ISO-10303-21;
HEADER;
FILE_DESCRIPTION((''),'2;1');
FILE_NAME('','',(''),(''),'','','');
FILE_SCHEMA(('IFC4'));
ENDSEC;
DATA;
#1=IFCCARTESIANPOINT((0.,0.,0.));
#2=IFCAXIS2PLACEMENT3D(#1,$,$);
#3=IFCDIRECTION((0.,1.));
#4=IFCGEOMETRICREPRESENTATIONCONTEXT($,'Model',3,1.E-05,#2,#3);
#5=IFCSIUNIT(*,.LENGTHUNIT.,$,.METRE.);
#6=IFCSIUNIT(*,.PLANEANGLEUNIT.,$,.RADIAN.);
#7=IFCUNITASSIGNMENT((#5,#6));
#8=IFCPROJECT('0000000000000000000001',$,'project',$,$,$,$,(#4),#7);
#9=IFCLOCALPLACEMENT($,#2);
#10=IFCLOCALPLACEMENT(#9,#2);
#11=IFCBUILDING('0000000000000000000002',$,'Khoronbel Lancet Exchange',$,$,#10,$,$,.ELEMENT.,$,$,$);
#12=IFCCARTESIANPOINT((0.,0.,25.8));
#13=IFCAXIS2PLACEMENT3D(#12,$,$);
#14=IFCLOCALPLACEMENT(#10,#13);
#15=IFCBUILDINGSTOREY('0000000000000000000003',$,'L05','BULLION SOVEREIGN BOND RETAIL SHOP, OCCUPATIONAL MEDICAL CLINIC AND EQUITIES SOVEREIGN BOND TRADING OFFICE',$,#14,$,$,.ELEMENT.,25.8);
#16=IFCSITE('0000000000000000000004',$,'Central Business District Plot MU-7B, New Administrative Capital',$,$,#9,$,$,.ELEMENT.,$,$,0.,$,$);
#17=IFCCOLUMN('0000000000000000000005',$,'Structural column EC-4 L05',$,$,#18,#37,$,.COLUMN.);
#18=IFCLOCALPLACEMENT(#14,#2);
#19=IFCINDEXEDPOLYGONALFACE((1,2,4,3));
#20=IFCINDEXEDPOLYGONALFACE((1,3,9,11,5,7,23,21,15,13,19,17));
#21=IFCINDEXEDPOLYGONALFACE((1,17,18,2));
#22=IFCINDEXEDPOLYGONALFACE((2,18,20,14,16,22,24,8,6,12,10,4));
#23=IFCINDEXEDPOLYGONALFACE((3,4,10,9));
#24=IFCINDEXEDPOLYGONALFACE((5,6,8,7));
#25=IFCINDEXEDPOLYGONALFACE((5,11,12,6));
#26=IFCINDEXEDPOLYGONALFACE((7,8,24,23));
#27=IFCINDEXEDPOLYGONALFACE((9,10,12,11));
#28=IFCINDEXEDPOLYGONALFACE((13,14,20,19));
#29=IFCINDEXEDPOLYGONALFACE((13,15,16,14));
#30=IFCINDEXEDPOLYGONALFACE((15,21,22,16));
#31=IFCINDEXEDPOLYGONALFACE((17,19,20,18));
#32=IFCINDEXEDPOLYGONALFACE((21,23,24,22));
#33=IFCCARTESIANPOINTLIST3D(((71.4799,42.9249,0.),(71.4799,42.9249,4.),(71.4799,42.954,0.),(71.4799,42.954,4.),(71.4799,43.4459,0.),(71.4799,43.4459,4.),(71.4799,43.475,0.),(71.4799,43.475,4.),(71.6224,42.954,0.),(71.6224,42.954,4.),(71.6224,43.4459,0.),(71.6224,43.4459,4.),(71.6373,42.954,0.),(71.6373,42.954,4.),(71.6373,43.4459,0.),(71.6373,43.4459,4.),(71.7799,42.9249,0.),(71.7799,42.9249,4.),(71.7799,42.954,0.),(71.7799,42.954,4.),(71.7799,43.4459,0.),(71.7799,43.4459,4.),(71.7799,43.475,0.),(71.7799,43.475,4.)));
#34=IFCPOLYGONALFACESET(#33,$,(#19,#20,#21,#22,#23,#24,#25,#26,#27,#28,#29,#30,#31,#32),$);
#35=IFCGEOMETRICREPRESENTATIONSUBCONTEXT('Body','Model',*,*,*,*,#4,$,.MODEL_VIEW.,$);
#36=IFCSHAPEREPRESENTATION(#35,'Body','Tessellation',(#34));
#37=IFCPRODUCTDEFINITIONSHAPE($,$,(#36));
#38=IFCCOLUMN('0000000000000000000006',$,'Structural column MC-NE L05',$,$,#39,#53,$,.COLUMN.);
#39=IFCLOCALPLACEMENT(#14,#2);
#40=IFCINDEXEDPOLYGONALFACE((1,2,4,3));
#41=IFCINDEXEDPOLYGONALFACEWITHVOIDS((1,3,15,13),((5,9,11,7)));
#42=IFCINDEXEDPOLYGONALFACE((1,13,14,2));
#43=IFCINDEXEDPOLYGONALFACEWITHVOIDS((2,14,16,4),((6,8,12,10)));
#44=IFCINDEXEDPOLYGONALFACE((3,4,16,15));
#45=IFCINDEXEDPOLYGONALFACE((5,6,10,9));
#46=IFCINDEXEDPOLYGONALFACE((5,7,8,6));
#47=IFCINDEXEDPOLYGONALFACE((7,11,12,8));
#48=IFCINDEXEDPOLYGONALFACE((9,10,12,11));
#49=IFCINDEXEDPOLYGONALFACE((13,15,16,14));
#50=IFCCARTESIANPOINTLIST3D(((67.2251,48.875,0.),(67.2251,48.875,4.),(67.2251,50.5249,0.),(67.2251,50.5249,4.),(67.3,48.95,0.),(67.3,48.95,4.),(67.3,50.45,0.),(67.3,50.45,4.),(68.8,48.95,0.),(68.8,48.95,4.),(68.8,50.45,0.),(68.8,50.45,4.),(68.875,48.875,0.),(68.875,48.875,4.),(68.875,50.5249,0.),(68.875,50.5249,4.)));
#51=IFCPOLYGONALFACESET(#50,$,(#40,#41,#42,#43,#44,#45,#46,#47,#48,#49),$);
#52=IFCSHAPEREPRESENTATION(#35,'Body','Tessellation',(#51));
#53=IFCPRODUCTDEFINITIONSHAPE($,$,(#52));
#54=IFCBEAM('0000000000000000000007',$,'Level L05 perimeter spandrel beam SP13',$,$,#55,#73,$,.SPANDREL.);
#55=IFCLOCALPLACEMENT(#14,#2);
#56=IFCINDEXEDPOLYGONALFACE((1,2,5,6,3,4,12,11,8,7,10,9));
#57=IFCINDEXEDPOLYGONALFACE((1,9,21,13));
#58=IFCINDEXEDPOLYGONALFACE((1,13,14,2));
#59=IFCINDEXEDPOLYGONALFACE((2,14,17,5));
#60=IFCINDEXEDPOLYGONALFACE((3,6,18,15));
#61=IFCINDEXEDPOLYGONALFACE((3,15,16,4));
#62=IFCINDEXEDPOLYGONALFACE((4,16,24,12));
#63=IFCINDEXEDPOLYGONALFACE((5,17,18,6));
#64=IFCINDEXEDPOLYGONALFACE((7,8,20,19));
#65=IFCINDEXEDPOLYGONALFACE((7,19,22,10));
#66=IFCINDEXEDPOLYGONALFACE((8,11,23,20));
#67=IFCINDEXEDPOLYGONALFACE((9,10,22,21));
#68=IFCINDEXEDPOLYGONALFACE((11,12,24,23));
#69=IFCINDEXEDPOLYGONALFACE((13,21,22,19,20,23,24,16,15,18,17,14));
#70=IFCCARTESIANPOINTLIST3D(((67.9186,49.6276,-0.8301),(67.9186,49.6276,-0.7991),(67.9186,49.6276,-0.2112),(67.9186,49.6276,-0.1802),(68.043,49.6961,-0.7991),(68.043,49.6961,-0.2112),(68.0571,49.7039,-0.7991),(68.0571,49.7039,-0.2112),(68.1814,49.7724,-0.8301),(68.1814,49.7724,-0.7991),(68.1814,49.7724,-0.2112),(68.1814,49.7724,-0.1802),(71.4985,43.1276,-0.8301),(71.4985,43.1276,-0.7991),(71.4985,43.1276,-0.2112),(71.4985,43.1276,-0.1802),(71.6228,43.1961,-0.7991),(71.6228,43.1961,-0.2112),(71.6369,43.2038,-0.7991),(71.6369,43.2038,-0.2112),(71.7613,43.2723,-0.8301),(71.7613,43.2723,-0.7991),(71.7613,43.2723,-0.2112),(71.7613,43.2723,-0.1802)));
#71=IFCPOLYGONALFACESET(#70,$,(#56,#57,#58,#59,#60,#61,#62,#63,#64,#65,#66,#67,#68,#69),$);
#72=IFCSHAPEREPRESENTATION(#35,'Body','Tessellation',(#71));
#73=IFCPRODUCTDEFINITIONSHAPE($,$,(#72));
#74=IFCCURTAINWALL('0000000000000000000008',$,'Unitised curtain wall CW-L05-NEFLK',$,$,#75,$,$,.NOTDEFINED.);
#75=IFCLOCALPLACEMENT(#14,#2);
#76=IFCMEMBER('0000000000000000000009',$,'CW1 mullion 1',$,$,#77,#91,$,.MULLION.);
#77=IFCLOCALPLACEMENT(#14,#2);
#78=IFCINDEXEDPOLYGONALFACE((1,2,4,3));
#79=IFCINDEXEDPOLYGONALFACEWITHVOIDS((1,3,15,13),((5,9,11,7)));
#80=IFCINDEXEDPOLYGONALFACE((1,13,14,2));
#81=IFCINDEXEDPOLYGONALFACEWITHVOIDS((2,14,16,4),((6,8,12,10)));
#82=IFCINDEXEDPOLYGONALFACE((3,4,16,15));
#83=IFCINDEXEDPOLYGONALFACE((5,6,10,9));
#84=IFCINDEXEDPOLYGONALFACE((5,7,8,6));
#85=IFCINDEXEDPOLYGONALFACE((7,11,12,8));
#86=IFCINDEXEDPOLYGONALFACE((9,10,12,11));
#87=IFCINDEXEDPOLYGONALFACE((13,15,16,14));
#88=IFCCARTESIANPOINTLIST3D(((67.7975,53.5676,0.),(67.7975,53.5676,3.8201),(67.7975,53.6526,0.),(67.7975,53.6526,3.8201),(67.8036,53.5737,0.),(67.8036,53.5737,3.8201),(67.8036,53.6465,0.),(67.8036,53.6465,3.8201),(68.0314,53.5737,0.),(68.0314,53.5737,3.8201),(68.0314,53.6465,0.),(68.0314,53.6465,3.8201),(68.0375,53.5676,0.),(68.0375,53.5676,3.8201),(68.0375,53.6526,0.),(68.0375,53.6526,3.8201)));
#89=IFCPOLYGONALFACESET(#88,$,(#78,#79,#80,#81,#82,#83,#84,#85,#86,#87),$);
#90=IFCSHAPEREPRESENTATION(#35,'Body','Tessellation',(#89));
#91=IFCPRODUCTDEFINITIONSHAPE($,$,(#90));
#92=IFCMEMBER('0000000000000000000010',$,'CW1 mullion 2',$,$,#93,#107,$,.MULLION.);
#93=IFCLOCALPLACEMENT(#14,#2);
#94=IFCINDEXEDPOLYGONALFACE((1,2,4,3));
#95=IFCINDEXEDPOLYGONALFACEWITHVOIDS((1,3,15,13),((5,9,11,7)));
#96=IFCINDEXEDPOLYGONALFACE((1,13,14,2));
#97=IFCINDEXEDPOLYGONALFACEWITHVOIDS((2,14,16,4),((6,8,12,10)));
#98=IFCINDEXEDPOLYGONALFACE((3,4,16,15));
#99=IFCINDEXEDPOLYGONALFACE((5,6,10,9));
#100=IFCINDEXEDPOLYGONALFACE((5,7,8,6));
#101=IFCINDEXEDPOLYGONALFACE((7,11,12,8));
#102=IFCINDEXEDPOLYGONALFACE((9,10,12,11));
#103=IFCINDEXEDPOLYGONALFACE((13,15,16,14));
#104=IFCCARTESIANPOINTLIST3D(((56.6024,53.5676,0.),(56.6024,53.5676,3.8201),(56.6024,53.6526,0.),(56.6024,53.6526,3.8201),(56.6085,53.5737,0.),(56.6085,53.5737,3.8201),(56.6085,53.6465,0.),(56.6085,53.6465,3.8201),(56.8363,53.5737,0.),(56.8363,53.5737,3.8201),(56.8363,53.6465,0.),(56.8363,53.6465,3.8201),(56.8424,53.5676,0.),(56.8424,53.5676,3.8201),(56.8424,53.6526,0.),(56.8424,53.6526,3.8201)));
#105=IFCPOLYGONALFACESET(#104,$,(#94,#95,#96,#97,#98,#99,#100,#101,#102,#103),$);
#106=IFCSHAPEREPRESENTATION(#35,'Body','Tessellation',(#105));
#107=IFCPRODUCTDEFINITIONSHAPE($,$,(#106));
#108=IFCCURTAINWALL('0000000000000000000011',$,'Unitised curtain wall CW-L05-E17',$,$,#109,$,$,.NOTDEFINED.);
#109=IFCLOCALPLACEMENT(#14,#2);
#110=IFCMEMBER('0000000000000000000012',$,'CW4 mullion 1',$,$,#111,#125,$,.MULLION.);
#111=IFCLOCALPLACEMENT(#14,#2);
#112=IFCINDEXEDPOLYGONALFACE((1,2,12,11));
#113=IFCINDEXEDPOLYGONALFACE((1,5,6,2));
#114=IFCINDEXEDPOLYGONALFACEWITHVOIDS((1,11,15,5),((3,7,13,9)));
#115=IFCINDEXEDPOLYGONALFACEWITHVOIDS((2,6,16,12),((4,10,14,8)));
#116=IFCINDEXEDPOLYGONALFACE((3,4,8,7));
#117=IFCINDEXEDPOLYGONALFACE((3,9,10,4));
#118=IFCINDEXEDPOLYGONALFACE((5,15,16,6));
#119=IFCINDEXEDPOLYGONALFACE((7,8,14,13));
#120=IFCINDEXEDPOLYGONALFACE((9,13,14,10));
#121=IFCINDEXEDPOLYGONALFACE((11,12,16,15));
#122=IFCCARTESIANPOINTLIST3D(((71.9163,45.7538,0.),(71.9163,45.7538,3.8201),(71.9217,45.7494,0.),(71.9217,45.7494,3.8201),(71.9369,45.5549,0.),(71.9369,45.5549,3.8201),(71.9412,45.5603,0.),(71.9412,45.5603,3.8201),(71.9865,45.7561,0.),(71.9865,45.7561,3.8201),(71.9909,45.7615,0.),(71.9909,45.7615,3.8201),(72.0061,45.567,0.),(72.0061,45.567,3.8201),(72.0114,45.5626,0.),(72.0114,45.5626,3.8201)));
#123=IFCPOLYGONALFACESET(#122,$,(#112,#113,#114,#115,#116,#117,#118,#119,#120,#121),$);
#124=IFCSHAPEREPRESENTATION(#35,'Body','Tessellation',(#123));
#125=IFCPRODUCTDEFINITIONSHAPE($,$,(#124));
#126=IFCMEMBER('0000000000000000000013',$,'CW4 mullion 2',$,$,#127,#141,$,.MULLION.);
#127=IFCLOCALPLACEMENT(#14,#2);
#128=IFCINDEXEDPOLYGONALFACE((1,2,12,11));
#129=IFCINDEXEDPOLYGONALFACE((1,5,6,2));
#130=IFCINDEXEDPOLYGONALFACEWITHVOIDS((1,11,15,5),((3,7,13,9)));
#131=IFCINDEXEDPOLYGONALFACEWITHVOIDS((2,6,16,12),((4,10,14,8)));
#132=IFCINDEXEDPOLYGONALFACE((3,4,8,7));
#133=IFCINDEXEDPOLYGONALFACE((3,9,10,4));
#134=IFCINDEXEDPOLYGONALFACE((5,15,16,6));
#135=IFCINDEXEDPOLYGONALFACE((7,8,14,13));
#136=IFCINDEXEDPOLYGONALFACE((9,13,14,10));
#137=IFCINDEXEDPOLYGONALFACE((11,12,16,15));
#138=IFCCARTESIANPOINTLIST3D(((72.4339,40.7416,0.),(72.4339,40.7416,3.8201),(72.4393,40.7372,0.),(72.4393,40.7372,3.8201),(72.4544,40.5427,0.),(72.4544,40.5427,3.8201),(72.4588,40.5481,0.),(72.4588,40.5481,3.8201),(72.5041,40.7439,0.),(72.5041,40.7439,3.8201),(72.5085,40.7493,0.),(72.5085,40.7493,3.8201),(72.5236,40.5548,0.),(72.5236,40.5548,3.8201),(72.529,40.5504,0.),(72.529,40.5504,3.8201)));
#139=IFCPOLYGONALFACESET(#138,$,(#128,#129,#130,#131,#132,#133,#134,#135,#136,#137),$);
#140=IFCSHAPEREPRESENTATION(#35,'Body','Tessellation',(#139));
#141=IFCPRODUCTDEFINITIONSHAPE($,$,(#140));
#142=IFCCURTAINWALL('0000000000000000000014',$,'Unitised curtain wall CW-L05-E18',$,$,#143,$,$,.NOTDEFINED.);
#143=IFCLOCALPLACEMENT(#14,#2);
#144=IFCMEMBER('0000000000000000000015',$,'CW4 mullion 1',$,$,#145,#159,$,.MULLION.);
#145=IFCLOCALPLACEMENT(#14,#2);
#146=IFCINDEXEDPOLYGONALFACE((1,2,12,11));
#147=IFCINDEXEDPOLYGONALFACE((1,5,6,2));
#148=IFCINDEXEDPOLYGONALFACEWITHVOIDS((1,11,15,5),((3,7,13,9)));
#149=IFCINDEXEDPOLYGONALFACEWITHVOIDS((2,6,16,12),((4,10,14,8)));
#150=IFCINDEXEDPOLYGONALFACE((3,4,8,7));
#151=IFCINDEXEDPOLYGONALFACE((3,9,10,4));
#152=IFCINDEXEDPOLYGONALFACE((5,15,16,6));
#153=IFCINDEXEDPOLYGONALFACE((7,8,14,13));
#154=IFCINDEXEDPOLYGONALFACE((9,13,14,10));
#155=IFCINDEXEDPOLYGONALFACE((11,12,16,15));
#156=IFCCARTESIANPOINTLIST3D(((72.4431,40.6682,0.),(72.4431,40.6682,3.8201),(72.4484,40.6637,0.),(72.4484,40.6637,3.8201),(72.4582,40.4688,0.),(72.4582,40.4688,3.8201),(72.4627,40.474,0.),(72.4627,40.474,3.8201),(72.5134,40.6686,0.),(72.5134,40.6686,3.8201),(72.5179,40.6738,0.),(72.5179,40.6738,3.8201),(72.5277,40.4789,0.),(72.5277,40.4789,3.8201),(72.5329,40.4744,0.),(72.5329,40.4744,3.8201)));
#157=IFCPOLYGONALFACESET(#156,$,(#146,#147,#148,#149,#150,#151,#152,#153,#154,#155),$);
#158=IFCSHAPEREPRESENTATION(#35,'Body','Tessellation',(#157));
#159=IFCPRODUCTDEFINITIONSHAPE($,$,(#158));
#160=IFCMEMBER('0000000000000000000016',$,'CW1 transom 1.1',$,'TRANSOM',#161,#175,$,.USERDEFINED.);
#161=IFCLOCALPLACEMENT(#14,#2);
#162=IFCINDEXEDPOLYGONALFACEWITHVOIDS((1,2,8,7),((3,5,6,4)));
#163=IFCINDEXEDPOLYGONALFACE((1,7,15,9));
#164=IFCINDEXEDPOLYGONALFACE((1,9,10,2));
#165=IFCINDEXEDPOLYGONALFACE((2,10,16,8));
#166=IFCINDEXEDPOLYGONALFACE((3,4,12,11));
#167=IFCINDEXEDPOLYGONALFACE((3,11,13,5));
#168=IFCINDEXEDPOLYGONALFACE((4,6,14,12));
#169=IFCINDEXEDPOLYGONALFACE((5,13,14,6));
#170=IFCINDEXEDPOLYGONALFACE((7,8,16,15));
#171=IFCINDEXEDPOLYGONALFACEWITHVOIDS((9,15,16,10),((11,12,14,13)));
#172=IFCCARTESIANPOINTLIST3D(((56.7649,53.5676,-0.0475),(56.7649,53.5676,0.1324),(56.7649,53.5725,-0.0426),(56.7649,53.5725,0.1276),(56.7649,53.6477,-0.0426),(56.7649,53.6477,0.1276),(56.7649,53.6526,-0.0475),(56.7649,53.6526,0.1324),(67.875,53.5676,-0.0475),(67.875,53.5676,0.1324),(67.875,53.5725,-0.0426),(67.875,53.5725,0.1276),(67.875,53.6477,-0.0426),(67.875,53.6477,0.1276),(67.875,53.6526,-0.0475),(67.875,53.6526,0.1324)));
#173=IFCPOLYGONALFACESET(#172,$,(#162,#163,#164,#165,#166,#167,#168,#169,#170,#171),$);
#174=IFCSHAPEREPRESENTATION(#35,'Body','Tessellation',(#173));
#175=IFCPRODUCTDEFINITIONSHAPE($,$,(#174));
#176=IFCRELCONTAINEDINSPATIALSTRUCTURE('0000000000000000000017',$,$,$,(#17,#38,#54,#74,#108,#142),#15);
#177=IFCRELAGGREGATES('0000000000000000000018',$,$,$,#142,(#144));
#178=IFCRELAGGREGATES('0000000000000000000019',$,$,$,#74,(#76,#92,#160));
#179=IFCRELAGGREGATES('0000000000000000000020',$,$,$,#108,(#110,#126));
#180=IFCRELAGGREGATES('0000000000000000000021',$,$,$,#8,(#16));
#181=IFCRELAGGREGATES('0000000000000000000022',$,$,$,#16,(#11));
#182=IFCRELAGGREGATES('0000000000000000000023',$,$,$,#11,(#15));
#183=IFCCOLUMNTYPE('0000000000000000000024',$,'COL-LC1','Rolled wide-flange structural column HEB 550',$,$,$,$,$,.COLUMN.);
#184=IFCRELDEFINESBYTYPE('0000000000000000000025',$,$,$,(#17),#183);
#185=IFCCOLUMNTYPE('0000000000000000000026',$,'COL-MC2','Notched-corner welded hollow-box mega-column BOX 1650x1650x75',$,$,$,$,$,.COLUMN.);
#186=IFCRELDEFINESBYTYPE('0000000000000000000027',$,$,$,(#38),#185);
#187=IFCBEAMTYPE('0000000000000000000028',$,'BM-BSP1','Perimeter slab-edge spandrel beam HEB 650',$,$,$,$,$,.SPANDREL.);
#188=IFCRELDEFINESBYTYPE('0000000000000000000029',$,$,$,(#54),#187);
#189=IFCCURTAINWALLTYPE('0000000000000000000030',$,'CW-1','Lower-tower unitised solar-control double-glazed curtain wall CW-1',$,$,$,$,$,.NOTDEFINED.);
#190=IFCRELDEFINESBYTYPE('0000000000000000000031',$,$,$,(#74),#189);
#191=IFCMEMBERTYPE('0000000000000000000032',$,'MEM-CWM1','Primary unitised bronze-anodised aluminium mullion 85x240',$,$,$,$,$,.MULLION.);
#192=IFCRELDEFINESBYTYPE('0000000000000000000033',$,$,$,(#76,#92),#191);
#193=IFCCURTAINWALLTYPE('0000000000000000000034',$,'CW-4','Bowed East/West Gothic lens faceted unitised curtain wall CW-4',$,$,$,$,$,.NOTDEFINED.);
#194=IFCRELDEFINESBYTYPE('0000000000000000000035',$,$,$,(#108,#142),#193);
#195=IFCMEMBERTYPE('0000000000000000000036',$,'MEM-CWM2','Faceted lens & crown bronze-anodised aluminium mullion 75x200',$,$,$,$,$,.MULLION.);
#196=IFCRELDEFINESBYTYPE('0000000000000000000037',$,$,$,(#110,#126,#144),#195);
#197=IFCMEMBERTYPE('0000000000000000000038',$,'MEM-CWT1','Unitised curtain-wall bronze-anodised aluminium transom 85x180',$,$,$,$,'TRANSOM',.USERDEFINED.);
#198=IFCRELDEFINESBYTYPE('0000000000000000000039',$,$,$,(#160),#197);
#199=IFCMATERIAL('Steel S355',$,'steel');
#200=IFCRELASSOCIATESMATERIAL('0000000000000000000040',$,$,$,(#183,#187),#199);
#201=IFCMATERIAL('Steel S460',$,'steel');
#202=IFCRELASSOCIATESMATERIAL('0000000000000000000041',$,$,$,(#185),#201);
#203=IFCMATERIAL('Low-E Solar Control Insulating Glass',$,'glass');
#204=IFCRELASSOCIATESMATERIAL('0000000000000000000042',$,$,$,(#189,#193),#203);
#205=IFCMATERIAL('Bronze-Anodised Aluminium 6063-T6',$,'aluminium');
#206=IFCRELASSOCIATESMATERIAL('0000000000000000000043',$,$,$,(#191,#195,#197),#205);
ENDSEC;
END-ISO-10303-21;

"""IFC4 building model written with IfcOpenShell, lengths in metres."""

from ifc_helpers import new_model, si_unit, direction, frame, origin, origin_2d, place, context, subcontext, project, spatial, hollow_rectangle, i_section, extrude, material, material_profile, profile_set, type_object, element, aggregate, save


model = new_model("IFC4")

# Units and contexts
model_context = context("Model", 3, precision=1e-05, world=origin(), true_north=direction((0.0, 1.0)))
body_context = subcontext(model_context, "Body", "Model", "MODEL_VIEW")
ifc_project = project(units=[si_unit("LENGTHUNIT", "METRE"), si_unit("PLANEANGLEUNIT", "RADIAN")], contexts=[model_context])

# Site, building, storey
site_placement = place(None, origin())
site = spatial("IfcSite", under=ifc_project, at=site_placement, Name="Central Business District Plot MU-7B, New Administrative Capital", CompositionType="ELEMENT", RefElevation=0.0)
building_placement = place(site_placement, origin())
building = spatial("IfcBuilding", under=site, at=building_placement, Name="Khoronbel Lancet Exchange", CompositionType="ELEMENT")
storey_placement = place(building_placement, frame((0.0, 0.0, 25.8)))
storey = spatial("IfcBuildingStorey", under=building, at=storey_placement, Name="L05", Description="BULLION SOVEREIGN BOND RETAIL SHOP, OCCUPATIONAL MEDICAL CLINIC AND EQUITIES SOVEREIGN BOND TRADING OFFICE", CompositionType="ELEMENT", Elevation=25.8)

# Columns
ifc_material_1 = material(Name="Steel S355", Category="steel")
ifc_material_profile_1 = material_profile(ifc_material_1, i_section(OverallWidth=0.3, OverallDepth=0.55, WebThickness=0.0149, FlangeThickness=0.0291, at=origin_2d()), Name="HEB 550")
ifc_profile_set_1 = profile_set([ifc_material_profile_1], Name="Steel S355")
column_type_1 = type_object("IfcColumnType", Name="COL-LC1", Description="Rolled wide-flange structural column HEB 550", PredefinedType="COLUMN", material=ifc_profile_set_1)
column_1_placement = place(storey_placement, frame((71.6299, 43.2, 0.0), z_axis=(0.0, 0.0, 1.0), x_axis=(1.0, 0.0, 0.0)))
element("IfcColumn", 1, at=column_1_placement, inside=storey, type_object=column_type_1, Name="Structural column EC-4 L05", PredefinedType="COLUMN", context=body_context, shape_type="SweptSolid", body=[
    extrude(i_section(OverallWidth=0.3, OverallDepth=0.55, WebThickness=0.0149, FlangeThickness=0.0291, at=origin_2d()), origin(), (0.0, 0.0, 1.0), 4.0),
])
ifc_material_2 = material(Name="Steel S460", Category="steel")
ifc_material_profile_2 = material_profile(ifc_material_2, hollow_rectangle(XDim=1.6499, YDim=1.6499, WallThickness=0.075, at=origin_2d()), Name="BOX 1650x1650x75")
ifc_profile_set_2 = profile_set([ifc_material_profile_2], Name="Steel S460")
column_type_2 = type_object("IfcColumnType", Name="COL-MC2", Description="Notched-corner welded hollow-box mega-column BOX 1650x1650x75", PredefinedType="COLUMN", material=ifc_profile_set_2)
column_2_placement = place(storey_placement, frame((68.05, 49.7, 0.0), z_axis=(0.0, 0.0, 1.0), x_axis=(1.0, 0.0, 0.0)))
element("IfcColumn", 2, at=column_2_placement, inside=storey, type_object=column_type_2, Name="Structural column MC-NE L05", PredefinedType="COLUMN", context=body_context, shape_type="SweptSolid", body=[
    extrude(hollow_rectangle(XDim=1.6499, YDim=1.6499, WallThickness=0.075, at=origin_2d()), origin(), (0.0, 0.0, 1.0), 4.0),
])

# Beam
ifc_material_profile_3 = material_profile(ifc_material_1, i_section(OverallWidth=0.3, OverallDepth=0.6499, WebThickness=0.0161, FlangeThickness=0.031, at=origin_2d()), Name="HEB 650")
ifc_profile_set_3 = profile_set([ifc_material_profile_3], Name="Steel S355")
beam_type = type_object("IfcBeamType", Name="BM-BSP1", Description="Perimeter slab-edge spandrel beam HEB 650", PredefinedType="SPANDREL", material=ifc_profile_set_3)
beam_placement = place(storey_placement, frame((71.6299, 43.2, -0.5051), z_axis=(-0.482419, 0.875941, 0.0), x_axis=(-0.875941, -0.482419, 0.0)))
element("IfcBeam", 3, at=beam_placement, inside=storey, type_object=beam_type, Name="Level L05 perimeter spandrel beam SP13", PredefinedType="SPANDREL", context=body_context, shape_type="SweptSolid", body=[
    extrude(i_section(OverallWidth=0.3, OverallDepth=0.6499, WebThickness=0.0161, FlangeThickness=0.031, at=origin_2d()), origin(), (0.0, 0.0, 1.0), 7.4207),
])

# Curtain walls, members
ifc_material_3 = material(Name="Low-E Solar Control Insulating Glass", Category="glass")
curtain_wall_type_1 = type_object("IfcCurtainWallType", Name="CW-1", Description="Lower-tower unitised solar-control double-glazed curtain wall CW-1", PredefinedType="NOTDEFINED", material=ifc_material_3)
curtain_wall_1_placement = place(storey_placement, origin())
curtain_wall_1 = element("IfcCurtainWall", 4, at=curtain_wall_1_placement, inside=storey, type_object=curtain_wall_type_1, Name="Unitised curtain wall CW-L05-NEFLK", PredefinedType="NOTDEFINED")
ifc_material_4 = material(Name="Bronze-Anodised Aluminium 6063-T6", Category="aluminium")
ifc_material_profile_4 = material_profile(ifc_material_4, hollow_rectangle(XDim=0.085, YDim=0.24, WallThickness=0.0061, at=origin_2d()), Name="ALU MULLION 85x240")
ifc_profile_set_4 = profile_set([ifc_material_profile_4], Name="Bronze-Anodised Aluminium 6063-T6")
member_type_1 = type_object("IfcMemberType", Name="MEM-CWM1", Description="Primary unitised bronze-anodised aluminium mullion 85x240", PredefinedType="MULLION", material=ifc_profile_set_4)
member_1_placement = place(storey_placement, frame((67.9175, 53.6101, 0.0), z_axis=(0.0, 0.0, 1.0), x_axis=(0.0, -1.0, 0.0)))
member_1 = element("IfcMember", 5, at=member_1_placement, type_object=member_type_1, Name="CW1 mullion 1", PredefinedType="MULLION", context=body_context, shape_type="SweptSolid", body=[
    extrude(hollow_rectangle(XDim=0.085, YDim=0.24, WallThickness=0.0061, at=origin_2d()), origin(), (0.0, 0.0, 1.0), 3.8201),
])
member_2_placement = place(storey_placement, frame((56.7224, 53.6101, 0.0), z_axis=(0.0, 0.0, 1.0), x_axis=(0.0, -1.0, 0.0)))
member_2 = element("IfcMember", 6, at=member_2_placement, type_object=member_type_1, Name="CW1 mullion 2", PredefinedType="MULLION", context=body_context, shape_type="SweptSolid", body=[
    extrude(hollow_rectangle(XDim=0.085, YDim=0.24, WallThickness=0.0061, at=origin_2d()), origin(), (0.0, 0.0, 1.0), 3.8201),
])
curtain_wall_type_2 = type_object("IfcCurtainWallType", Name="CW-4", Description="Bowed East/West Gothic lens faceted unitised curtain wall CW-4", PredefinedType="NOTDEFINED", material=ifc_material_3)
curtain_wall_2_placement = place(storey_placement, origin())
curtain_wall_2 = element("IfcCurtainWall", 7, at=curtain_wall_2_placement, inside=storey, type_object=curtain_wall_type_2, Name="Unitised curtain wall CW-L05-E17", PredefinedType="NOTDEFINED")
ifc_material_profile_5 = material_profile(ifc_material_4, hollow_rectangle(XDim=0.075, YDim=0.2, WallThickness=0.0049, at=origin_2d()), Name="ALU MULLION 75x200")
ifc_profile_set_5 = profile_set([ifc_material_profile_5], Name="Bronze-Anodised Aluminium 6063-T6")
member_type_2 = type_object("IfcMemberType", Name="MEM-CWM2", Description="Faceted lens & crown bronze-anodised aluminium mullion 75x200", PredefinedType="MULLION", material=ifc_profile_set_5)
member_3_placement = place(storey_placement, frame((71.9639, 45.6582, 0.0), z_axis=(0.0, 0.0, 1.0), x_axis=(0.99471, 0.102723, 0.0)))
member_3 = element("IfcMember", 8, at=member_3_placement, type_object=member_type_2, Name="CW4 mullion 1", PredefinedType="MULLION", context=body_context, shape_type="SweptSolid", body=[
    extrude(hollow_rectangle(XDim=0.075, YDim=0.2, WallThickness=0.0049, at=origin_2d()), origin(), (0.0, 0.0, 1.0), 3.8201),
])
member_4_placement = place(storey_placement, frame((72.4814, 40.646, 0.0), z_axis=(0.0, 0.0, 1.0), x_axis=(0.99471, 0.102723, 0.0)))
member_4 = element("IfcMember", 9, at=member_4_placement, type_object=member_type_2, Name="CW4 mullion 2", PredefinedType="MULLION", context=body_context, shape_type="SweptSolid", body=[
    extrude(hollow_rectangle(XDim=0.075, YDim=0.2, WallThickness=0.0049, at=origin_2d()), origin(), (0.0, 0.0, 1.0), 3.8201),
])

# Curtain wall, member
curtain_wall_3_placement = place(storey_placement, origin())
curtain_wall_3 = element("IfcCurtainWall", 10, at=curtain_wall_3_placement, inside=storey, type_object=curtain_wall_type_2, Name="Unitised curtain wall CW-L05-E18", PredefinedType="NOTDEFINED")
member_5_placement = place(storey_placement, frame((72.488, 40.5713, 0.0), z_axis=(0.0, 0.0, 1.0), x_axis=(0.997154, 0.075395, 0.0)))
member_5 = element("IfcMember", 11, at=member_5_placement, type_object=member_type_2, Name="CW4 mullion 1", PredefinedType="MULLION", context=body_context, shape_type="SweptSolid", body=[
    extrude(hollow_rectangle(XDim=0.075, YDim=0.2, WallThickness=0.0049, at=origin_2d()), origin(), (0.0, 0.0, 1.0), 3.8201),
])

# Member
ifc_material_profile_6 = material_profile(ifc_material_4, hollow_rectangle(XDim=0.085, YDim=0.1799, WallThickness=0.0049, at=origin_2d()), Name="ALU TRANSOM 85x180")
ifc_profile_set_6 = profile_set([ifc_material_profile_6], Name="Bronze-Anodised Aluminium 6063-T6")
member_type_3 = type_object("IfcMemberType", Name="MEM-CWT1", Description="Unitised curtain-wall bronze-anodised aluminium transom 85x180", ElementType="TRANSOM", PredefinedType="USERDEFINED", material=ifc_profile_set_6)
member_6_placement = place(storey_placement, frame((67.875, 53.6101, 0.0425), z_axis=(-1.0, 0.0, 0.0), x_axis=(0.0, -1.0, 0.0)))
member_6 = element("IfcMember", 12, at=member_6_placement, type_object=member_type_3, Name="CW1 transom 1.1", ObjectType="TRANSOM", PredefinedType="USERDEFINED", context=body_context, shape_type="SweptSolid", body=[
    extrude(hollow_rectangle(XDim=0.085, YDim=0.1799, WallThickness=0.0049, at=origin_2d()), origin(), (0.0, 0.0, 1.0), 11.1101),
])
aggregate(curtain_wall_3, [member_5])

aggregate(curtain_wall_1, [member_1, member_2, member_6])
aggregate(curtain_wall_2, [member_3, member_4])

save(model, "model.ifc")
